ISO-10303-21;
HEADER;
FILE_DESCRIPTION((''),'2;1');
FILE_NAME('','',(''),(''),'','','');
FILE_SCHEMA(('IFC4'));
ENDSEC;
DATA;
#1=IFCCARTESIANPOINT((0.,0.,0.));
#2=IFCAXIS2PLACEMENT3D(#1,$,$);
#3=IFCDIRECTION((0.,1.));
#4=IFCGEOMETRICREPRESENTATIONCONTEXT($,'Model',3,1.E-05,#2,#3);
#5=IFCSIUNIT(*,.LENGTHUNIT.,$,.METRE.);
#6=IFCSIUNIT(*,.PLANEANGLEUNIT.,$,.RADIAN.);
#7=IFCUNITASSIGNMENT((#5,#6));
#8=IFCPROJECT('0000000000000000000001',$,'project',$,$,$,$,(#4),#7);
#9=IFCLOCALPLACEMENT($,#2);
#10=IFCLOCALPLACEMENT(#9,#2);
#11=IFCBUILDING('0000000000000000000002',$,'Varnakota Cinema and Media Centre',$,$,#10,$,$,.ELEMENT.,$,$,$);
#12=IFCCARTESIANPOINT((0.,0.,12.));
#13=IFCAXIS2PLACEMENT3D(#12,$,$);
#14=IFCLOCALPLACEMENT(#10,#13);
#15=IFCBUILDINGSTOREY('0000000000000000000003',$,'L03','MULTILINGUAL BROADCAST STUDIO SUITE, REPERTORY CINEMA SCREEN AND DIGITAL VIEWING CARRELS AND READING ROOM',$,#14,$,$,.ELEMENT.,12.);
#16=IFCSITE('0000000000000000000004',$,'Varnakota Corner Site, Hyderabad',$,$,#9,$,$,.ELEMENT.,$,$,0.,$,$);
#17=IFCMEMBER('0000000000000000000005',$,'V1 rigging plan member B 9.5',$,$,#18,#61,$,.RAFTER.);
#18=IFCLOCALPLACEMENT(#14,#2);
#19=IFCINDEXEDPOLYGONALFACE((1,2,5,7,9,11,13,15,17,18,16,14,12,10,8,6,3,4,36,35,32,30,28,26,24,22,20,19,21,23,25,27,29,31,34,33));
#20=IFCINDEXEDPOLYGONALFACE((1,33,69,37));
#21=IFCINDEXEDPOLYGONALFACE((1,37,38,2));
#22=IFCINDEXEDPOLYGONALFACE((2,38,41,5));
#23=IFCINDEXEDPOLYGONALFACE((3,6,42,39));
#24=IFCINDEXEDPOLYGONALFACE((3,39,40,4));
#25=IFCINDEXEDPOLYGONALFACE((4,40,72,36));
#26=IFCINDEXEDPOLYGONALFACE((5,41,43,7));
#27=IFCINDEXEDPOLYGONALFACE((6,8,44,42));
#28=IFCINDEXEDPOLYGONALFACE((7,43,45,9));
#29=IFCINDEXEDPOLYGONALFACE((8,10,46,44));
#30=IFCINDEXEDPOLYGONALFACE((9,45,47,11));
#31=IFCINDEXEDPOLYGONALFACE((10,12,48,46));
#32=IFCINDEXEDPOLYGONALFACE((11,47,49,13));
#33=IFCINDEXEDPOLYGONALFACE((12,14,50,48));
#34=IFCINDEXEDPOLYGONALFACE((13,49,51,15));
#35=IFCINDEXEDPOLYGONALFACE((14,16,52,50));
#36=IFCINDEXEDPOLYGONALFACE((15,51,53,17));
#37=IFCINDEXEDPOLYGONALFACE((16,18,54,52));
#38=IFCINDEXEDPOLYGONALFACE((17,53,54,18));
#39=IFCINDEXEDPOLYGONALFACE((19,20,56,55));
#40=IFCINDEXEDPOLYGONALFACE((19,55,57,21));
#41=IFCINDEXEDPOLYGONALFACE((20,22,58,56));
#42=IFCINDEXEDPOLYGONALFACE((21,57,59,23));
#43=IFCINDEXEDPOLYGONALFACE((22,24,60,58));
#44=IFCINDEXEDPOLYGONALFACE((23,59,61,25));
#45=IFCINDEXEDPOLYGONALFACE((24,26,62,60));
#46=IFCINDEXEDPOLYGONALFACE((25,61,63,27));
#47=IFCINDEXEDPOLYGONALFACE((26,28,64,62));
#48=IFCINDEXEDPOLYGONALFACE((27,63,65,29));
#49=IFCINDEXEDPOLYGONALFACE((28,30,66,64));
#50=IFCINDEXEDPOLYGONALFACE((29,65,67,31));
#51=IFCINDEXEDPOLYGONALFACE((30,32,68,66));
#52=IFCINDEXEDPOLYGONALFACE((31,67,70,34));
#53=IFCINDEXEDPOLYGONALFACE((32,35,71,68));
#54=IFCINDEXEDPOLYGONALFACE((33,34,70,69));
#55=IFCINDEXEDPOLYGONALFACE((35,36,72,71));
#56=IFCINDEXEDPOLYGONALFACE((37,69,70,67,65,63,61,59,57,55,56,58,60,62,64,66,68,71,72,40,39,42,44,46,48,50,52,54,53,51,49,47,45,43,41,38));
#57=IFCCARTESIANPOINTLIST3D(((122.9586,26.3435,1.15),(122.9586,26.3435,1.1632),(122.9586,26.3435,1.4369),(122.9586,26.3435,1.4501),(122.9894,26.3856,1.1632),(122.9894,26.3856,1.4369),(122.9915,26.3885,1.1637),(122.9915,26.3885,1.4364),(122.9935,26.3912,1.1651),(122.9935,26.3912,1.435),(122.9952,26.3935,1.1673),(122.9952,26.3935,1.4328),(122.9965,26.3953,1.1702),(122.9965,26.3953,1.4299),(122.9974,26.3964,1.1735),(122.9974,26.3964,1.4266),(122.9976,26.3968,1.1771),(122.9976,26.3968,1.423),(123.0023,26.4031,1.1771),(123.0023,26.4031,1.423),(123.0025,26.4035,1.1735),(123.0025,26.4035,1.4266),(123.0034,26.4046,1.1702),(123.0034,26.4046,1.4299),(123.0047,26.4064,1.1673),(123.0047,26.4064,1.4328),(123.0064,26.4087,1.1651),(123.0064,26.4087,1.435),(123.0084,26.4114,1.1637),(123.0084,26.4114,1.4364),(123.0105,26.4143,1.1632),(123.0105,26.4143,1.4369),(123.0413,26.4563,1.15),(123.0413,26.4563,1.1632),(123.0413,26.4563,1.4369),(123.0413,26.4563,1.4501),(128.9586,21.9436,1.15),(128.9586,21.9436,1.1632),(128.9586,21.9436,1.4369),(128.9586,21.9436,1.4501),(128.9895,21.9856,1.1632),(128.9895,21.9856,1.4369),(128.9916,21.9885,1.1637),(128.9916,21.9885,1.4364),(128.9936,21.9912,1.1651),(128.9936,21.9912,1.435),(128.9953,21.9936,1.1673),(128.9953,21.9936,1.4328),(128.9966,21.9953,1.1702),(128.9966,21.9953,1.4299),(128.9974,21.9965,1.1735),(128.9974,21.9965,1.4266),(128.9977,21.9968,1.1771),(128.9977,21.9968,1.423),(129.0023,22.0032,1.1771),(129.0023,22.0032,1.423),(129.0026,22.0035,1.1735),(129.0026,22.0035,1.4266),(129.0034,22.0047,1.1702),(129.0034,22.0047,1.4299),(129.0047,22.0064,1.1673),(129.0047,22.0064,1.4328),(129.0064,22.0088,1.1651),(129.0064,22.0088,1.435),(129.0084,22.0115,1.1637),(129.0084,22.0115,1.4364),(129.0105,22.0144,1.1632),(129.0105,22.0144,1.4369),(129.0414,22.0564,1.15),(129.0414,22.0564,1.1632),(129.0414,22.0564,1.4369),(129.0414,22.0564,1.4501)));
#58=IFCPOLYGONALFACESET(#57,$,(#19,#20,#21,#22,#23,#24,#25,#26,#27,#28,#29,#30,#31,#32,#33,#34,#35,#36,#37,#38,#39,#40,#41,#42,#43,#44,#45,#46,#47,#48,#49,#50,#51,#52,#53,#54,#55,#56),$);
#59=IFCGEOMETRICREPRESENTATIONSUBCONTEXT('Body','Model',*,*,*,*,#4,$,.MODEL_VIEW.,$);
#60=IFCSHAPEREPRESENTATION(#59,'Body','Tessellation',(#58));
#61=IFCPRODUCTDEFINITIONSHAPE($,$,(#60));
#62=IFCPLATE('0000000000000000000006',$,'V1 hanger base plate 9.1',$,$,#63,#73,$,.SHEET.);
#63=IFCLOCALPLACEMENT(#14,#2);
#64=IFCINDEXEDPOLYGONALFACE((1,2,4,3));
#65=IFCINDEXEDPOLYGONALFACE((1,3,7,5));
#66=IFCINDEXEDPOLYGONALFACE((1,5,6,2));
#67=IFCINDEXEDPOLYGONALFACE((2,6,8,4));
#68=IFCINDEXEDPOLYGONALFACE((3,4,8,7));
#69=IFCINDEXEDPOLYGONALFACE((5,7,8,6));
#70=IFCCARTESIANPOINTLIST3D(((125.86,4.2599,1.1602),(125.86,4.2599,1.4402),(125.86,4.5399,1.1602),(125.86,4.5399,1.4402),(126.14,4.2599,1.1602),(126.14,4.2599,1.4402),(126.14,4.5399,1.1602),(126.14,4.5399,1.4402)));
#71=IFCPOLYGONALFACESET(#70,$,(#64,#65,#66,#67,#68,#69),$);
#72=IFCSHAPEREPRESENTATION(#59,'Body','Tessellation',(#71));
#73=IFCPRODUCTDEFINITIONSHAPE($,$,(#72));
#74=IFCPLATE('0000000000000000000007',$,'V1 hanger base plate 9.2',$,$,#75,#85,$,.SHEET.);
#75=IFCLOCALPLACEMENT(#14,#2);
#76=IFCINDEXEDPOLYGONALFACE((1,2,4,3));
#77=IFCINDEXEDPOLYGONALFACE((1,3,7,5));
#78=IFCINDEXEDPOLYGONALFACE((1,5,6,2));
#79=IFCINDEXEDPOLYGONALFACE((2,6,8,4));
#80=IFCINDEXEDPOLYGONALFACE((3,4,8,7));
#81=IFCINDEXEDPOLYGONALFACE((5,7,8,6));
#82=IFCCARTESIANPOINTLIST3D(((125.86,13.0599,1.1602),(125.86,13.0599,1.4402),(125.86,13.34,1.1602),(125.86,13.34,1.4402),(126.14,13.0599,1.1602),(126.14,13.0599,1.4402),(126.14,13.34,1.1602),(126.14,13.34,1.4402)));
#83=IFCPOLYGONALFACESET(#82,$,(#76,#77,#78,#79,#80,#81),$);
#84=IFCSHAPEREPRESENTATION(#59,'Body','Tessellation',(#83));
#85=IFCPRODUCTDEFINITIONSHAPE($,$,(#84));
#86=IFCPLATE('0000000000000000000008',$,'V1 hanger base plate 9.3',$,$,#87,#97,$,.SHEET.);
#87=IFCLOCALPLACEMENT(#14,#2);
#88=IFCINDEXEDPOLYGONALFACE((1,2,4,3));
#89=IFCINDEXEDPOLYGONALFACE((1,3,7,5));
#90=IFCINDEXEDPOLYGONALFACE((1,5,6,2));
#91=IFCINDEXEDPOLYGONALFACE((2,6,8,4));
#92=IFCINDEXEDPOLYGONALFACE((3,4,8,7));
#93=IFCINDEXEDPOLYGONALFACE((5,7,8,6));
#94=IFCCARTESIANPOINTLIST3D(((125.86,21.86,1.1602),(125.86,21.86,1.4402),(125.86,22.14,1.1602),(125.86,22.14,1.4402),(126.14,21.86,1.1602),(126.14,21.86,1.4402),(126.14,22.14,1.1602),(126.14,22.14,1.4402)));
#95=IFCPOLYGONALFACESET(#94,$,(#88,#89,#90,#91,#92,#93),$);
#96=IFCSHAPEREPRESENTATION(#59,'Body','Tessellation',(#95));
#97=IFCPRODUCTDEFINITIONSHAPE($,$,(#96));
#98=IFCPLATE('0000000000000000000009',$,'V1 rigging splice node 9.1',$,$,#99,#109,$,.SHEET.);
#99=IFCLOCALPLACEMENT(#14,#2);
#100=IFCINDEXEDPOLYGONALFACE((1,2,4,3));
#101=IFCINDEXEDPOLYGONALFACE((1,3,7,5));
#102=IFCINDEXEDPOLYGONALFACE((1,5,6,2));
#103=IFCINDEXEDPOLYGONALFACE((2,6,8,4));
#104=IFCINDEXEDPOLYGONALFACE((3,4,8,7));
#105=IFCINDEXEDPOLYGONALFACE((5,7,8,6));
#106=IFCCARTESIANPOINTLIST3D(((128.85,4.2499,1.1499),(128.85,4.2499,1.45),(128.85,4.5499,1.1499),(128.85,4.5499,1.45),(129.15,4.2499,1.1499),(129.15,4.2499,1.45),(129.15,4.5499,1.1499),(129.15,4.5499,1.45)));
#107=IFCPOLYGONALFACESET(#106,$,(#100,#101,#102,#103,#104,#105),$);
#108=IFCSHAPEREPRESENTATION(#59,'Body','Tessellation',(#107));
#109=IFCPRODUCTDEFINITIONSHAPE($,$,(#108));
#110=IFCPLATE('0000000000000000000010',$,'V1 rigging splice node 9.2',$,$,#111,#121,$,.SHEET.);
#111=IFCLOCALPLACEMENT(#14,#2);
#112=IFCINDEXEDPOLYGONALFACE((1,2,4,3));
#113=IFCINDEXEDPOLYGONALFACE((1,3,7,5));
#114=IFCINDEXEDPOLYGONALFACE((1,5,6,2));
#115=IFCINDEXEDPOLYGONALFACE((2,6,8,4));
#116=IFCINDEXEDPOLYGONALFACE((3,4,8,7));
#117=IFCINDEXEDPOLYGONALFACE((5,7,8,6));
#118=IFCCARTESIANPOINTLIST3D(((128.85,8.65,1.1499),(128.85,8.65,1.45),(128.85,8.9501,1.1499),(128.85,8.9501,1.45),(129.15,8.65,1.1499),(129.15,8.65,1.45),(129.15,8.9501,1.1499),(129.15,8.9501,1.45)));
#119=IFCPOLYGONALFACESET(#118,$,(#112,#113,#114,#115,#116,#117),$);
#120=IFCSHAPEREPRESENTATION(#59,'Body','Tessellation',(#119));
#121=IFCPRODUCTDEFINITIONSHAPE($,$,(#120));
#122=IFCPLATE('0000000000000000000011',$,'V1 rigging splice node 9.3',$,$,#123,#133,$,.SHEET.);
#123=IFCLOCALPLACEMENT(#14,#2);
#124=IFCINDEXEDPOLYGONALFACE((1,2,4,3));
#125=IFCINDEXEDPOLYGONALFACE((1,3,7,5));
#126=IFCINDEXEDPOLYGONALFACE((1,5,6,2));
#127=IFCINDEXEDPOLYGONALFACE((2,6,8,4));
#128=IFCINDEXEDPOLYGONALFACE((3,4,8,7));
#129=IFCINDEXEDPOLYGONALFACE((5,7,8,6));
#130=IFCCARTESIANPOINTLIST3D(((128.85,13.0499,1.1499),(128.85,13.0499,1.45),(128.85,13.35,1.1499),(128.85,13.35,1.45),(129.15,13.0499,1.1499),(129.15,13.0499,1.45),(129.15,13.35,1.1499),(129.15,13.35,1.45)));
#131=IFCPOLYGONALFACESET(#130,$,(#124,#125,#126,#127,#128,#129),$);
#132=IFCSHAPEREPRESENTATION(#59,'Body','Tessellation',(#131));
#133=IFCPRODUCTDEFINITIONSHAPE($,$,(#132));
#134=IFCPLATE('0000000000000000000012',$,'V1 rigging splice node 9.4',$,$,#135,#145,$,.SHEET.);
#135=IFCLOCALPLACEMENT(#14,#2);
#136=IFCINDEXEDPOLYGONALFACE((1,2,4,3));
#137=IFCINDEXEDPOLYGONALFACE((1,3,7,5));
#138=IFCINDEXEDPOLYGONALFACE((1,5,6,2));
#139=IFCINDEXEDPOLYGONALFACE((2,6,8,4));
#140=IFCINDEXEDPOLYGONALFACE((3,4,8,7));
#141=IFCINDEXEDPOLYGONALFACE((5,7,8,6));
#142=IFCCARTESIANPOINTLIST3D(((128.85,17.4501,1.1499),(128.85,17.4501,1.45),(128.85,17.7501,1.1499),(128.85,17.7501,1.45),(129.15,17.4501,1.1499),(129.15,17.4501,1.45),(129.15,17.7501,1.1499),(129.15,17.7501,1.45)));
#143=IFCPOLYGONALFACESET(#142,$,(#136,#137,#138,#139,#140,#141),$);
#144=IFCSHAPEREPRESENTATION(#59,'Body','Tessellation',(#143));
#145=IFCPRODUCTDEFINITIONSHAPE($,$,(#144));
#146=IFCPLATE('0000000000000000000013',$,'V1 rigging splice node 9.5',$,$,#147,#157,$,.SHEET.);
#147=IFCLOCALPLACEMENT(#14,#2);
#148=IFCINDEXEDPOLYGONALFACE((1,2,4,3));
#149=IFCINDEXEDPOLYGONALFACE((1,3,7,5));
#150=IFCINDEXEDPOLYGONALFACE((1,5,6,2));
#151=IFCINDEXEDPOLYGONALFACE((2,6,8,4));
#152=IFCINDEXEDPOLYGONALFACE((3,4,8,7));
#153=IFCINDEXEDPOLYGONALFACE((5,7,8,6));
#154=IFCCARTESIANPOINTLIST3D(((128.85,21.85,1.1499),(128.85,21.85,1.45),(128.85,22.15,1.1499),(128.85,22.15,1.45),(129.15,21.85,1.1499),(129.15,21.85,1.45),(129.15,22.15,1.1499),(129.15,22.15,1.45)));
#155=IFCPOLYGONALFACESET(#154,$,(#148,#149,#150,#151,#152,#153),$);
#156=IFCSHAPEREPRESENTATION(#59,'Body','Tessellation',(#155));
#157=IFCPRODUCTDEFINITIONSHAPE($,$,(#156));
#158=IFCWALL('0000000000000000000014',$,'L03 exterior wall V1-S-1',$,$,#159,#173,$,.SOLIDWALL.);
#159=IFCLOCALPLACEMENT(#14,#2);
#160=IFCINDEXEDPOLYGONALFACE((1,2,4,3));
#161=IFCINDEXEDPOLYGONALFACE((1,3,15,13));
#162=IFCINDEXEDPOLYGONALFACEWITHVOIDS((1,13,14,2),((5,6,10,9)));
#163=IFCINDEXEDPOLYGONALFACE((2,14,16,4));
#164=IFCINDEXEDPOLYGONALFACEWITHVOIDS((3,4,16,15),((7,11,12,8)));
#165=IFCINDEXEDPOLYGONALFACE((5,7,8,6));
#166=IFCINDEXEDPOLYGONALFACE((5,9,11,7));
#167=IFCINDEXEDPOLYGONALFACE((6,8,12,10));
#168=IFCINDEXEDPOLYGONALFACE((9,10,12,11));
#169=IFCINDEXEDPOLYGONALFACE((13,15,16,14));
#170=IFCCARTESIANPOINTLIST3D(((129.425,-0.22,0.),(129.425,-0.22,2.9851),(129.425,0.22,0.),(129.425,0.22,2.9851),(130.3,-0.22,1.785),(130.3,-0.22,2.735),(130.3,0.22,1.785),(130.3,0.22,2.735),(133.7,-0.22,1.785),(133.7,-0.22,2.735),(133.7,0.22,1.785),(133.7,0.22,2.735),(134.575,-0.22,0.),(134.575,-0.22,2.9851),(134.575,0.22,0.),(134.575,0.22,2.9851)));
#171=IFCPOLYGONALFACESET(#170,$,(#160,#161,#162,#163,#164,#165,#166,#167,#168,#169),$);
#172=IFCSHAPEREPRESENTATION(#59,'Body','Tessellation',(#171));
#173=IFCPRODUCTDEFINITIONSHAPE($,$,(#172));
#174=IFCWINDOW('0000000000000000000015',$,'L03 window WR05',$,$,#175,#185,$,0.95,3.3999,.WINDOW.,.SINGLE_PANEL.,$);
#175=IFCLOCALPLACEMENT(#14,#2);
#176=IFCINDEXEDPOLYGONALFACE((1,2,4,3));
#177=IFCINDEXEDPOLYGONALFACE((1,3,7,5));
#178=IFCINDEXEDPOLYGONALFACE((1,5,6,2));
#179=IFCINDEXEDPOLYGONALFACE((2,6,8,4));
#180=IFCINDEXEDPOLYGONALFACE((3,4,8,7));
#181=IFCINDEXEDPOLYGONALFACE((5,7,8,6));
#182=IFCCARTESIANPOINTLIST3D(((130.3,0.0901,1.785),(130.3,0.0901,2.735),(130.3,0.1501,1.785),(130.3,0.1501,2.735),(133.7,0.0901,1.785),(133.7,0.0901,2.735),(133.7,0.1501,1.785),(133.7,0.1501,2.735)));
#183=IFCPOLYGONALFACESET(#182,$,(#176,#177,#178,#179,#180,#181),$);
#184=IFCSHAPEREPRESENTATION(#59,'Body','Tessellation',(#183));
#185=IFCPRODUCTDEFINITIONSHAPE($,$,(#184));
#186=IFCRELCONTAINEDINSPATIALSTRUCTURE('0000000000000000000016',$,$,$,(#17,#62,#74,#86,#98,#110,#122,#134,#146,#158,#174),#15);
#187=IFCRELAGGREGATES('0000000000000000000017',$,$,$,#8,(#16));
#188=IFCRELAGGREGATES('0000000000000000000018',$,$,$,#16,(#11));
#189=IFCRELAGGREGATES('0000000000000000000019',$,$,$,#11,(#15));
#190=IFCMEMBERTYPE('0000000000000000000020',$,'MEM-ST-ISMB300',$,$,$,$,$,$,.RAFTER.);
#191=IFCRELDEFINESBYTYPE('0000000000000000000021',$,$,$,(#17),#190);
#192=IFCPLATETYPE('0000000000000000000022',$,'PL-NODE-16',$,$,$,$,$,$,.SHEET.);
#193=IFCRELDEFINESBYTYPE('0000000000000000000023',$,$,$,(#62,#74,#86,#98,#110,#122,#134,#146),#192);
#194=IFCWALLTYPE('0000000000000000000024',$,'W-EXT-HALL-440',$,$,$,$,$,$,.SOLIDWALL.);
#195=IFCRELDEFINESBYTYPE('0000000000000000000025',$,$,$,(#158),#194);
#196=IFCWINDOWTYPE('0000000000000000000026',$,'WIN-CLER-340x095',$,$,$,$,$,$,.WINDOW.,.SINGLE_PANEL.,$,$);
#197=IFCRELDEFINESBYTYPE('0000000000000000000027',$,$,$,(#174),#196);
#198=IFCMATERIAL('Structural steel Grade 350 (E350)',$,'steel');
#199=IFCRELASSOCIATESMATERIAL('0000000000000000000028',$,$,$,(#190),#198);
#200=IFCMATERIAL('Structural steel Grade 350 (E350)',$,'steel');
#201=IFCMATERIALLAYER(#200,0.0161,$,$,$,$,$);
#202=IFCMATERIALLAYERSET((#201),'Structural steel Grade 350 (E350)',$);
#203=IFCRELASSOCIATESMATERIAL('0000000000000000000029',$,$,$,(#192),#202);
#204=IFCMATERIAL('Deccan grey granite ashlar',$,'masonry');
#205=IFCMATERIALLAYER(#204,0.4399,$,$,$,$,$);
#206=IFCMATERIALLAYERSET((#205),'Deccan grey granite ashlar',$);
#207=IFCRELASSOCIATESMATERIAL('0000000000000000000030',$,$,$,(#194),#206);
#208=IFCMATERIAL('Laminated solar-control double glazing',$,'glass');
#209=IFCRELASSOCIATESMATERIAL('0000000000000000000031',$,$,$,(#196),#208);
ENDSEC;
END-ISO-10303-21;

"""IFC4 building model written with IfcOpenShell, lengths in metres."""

from ifc_helpers import new_model, si_unit, direction, frame, frame_2d, origin, origin_2d, place, context, subcontext, project, spatial, rectangle, i_section, extrude, material, layer, layer_set, material_profile, profile_set, type_object, element, fill, save


model = new_model("IFC4")

# Units and contexts
model_context = context("Model", 3, precision=1e-05, world=origin(), true_north=direction((0.0, 1.0)))
body_context = subcontext(model_context, "Body", "Model", "MODEL_VIEW")
ifc_project = project(units=[si_unit("LENGTHUNIT", "METRE"), si_unit("PLANEANGLEUNIT", "RADIAN")], contexts=[model_context])

# Site, building, storey
site_placement = place(None, origin())
site = spatial("IfcSite", under=ifc_project, at=site_placement, Name="Varnakota Corner Site, Hyderabad", CompositionType="ELEMENT", RefElevation=0.0)
building_placement = place(site_placement, origin())
building = spatial("IfcBuilding", under=site, at=building_placement, Name="Varnakota Cinema and Media Centre", CompositionType="ELEMENT")
storey_placement = place(building_placement, frame((0.0, 0.0, 12.0)))
storey = spatial("IfcBuildingStorey", under=building, at=storey_placement, Name="L03", Description="MULTILINGUAL BROADCAST STUDIO SUITE, REPERTORY CINEMA SCREEN AND DIGITAL VIEWING CARRELS AND READING ROOM", CompositionType="ELEMENT", Elevation=12.0)

# Member
ifc_material_1 = material(Name="Structural steel Grade 350 (E350)", Category="steel")
ifc_material_profile_1 = material_profile(ifc_material_1, i_section(OverallWidth=0.1399, OverallDepth=0.3, WebThickness=0.0078, FlangeThickness=0.0132, FilletRadius=0.0139, at=origin_2d()), Name="ISMB 300")
ifc_profile_set_1 = profile_set([ifc_material_profile_1], Name="Structural steel Grade 350 (E350)")
member_type_1 = type_object("IfcMemberType", Name="MEM-ST-ISMB300", PredefinedType="RAFTER", material=ifc_profile_set_1)
member_1_placement = place(storey_placement, frame((129.0, 22.0, 1.3), z_axis=(-0.806411, 0.591355, 0.0), x_axis=(-0.591355, -0.806411, 0.0)))
element("IfcMember", 1, at=member_1_placement, inside=storey, type_object=member_type_1, Name="V1 rigging plan member B 9.5", PredefinedType="RAFTER", context=body_context, shape_type="SweptSolid", body=[
    extrude(i_section(OverallWidth=0.1399, OverallDepth=0.3, WebThickness=0.0078, FlangeThickness=0.0132, FilletRadius=0.0139, at=origin_2d()), origin(), (0.0, 0.0, 1.0), 7.4404),
])

# Plates
ifc_material_2 = material(Name="Structural steel Grade 350 (E350)", Category="steel")
ifc_layer_1 = layer(ifc_material_2, 0.0161)
ifc_layer_set_1 = layer_set([ifc_layer_1], Name="Structural steel Grade 350 (E350)")
plate_type = type_object("IfcPlateType", Name="PL-NODE-16", PredefinedType="SHEET", material=ifc_layer_set_1)
for number, where, z_axis, x_axis, name in (
    (2, (126.0, 4.3999, 1.1602), (0.0, 0.0, 1.0), (1.0, 0.0, 0.0), "V1 hanger base plate 9.1"),
    (3, (126.0, 13.2, 1.1602), (0.0, 0.0, 1.0), (1.0, 0.0, 0.0), "V1 hanger base plate 9.2"),
    (4, (126.0, 22.0, 1.1602), (0.0, 0.0, 1.0), (1.0, 0.0, 0.0), "V1 hanger base plate 9.3"),
):
    element("IfcPlate", number, at=place(storey_placement, frame(where, z_axis=z_axis, x_axis=x_axis)), inside=storey, type_object=plate_type, Name=name, PredefinedType="SHEET", context=body_context, shape_type="SweptSolid", body=[
        extrude(rectangle(XDim=0.28, YDim=0.28, at=origin_2d()), origin(), (0.0, 0.0, 1.0), 0.28),
    ])
for number, where, z_axis, x_axis, name in (
    (5, (129.0, 4.3999, 1.1499), (0.0, 0.0, 1.0), (1.0, 0.0, 0.0), "V1 rigging splice node 9.1"),
    (6, (129.0, 8.8, 1.1499), (0.0, 0.0, 1.0), (1.0, 0.0, 0.0), "V1 rigging splice node 9.2"),
    (7, (129.0, 13.2, 1.1499), (0.0, 0.0, 1.0), (1.0, 0.0, 0.0), "V1 rigging splice node 9.3"),
    (8, (129.0, 17.6001, 1.1499), (0.0, 0.0, 1.0), (1.0, 0.0, 0.0), "V1 rigging splice node 9.4"),
    (9, (129.0, 22.0, 1.1499), (0.0, 0.0, 1.0), (1.0, 0.0, 0.0), "V1 rigging splice node 9.5"),
):
    element("IfcPlate", number, at=place(storey_placement, frame(where, z_axis=z_axis, x_axis=x_axis)), inside=storey, type_object=plate_type, Name=name, PredefinedType="SHEET", context=body_context, shape_type="SweptSolid", body=[
        extrude(rectangle(XDim=0.3, YDim=0.3, at=origin_2d()), origin(), (0.0, 0.0, 1.0), 0.3),
    ])

# Wall, opening, window
ifc_material_3 = material(Name="Deccan grey granite ashlar", Category="masonry")
ifc_layer_2 = layer(ifc_material_3, 0.4399)
ifc_layer_set_2 = layer_set([ifc_layer_2], Name="Deccan grey granite ashlar")
wall_type = type_object("IfcWallType", Name="W-EXT-HALL-440", PredefinedType="SOLIDWALL", material=ifc_layer_set_2)
wall_1_placement = place(storey_placement, frame((134.575, 0.0, 0.0), z_axis=(0.0, 0.0, 1.0), x_axis=(-1.0, 0.0, 0.0)))
wall_1 = element("IfcWall", 10, at=wall_1_placement, inside=storey, type_object=wall_type, Name="L03 exterior wall V1-S-1", PredefinedType="SOLIDWALL", context=body_context, shape_type="SweptSolid", body=[
    extrude(rectangle(XDim=5.1499, YDim=0.4399, at=frame_2d((2.575, 0.0))), origin(), (0.0, 0.0, 1.0), 2.9851),
])
opening_1_placement = place(wall_1_placement, frame((0.875, 0.0, 1.7849)))
opening_1 = element("IfcOpeningElement", 11, at=opening_1_placement, cuts=wall_1, PredefinedType="OPENING", context=body_context, shape_type="SweptSolid", body=[
    extrude(rectangle(XDim=3.3999, YDim=0.95, at=frame_2d((1.7, 0.4751))), frame((0.0, 0.22, 0.0), z_axis=(0.0, -1.0, 0.0), x_axis=(1.0, 0.0, 0.0)), (0.0, 0.0, 1.0), 0.4399),
])
ifc_material_4 = material(Name="Laminated solar-control double glazing", Category="glass")
window_type = type_object("IfcWindowType", Name="WIN-CLER-340x095", PartitioningType="SINGLE_PANEL", PredefinedType="WINDOW", material=ifc_material_4)
window_1_placement = place(opening_1_placement, origin())
window_1 = element("IfcWindow", 12, at=window_1_placement, inside=storey, type_object=window_type, Name="L03 window WR05", OverallHeight=0.95, OverallWidth=3.3999, PartitioningType="SINGLE_PANEL", PredefinedType="WINDOW", context=body_context, shape_type="SweptSolid", body=[
    extrude(rectangle(XDim=3.3999, YDim=0.95, at=frame_2d((1.7, 0.4751))), frame((0.0, -0.0901, 0.0), z_axis=(0.0, -1.0, 0.0), x_axis=(1.0, 0.0, 0.0)), (0.0, 0.0, 1.0), 0.0601),
])
fill(opening_1, window_1)

save(model, "model.ifc")
